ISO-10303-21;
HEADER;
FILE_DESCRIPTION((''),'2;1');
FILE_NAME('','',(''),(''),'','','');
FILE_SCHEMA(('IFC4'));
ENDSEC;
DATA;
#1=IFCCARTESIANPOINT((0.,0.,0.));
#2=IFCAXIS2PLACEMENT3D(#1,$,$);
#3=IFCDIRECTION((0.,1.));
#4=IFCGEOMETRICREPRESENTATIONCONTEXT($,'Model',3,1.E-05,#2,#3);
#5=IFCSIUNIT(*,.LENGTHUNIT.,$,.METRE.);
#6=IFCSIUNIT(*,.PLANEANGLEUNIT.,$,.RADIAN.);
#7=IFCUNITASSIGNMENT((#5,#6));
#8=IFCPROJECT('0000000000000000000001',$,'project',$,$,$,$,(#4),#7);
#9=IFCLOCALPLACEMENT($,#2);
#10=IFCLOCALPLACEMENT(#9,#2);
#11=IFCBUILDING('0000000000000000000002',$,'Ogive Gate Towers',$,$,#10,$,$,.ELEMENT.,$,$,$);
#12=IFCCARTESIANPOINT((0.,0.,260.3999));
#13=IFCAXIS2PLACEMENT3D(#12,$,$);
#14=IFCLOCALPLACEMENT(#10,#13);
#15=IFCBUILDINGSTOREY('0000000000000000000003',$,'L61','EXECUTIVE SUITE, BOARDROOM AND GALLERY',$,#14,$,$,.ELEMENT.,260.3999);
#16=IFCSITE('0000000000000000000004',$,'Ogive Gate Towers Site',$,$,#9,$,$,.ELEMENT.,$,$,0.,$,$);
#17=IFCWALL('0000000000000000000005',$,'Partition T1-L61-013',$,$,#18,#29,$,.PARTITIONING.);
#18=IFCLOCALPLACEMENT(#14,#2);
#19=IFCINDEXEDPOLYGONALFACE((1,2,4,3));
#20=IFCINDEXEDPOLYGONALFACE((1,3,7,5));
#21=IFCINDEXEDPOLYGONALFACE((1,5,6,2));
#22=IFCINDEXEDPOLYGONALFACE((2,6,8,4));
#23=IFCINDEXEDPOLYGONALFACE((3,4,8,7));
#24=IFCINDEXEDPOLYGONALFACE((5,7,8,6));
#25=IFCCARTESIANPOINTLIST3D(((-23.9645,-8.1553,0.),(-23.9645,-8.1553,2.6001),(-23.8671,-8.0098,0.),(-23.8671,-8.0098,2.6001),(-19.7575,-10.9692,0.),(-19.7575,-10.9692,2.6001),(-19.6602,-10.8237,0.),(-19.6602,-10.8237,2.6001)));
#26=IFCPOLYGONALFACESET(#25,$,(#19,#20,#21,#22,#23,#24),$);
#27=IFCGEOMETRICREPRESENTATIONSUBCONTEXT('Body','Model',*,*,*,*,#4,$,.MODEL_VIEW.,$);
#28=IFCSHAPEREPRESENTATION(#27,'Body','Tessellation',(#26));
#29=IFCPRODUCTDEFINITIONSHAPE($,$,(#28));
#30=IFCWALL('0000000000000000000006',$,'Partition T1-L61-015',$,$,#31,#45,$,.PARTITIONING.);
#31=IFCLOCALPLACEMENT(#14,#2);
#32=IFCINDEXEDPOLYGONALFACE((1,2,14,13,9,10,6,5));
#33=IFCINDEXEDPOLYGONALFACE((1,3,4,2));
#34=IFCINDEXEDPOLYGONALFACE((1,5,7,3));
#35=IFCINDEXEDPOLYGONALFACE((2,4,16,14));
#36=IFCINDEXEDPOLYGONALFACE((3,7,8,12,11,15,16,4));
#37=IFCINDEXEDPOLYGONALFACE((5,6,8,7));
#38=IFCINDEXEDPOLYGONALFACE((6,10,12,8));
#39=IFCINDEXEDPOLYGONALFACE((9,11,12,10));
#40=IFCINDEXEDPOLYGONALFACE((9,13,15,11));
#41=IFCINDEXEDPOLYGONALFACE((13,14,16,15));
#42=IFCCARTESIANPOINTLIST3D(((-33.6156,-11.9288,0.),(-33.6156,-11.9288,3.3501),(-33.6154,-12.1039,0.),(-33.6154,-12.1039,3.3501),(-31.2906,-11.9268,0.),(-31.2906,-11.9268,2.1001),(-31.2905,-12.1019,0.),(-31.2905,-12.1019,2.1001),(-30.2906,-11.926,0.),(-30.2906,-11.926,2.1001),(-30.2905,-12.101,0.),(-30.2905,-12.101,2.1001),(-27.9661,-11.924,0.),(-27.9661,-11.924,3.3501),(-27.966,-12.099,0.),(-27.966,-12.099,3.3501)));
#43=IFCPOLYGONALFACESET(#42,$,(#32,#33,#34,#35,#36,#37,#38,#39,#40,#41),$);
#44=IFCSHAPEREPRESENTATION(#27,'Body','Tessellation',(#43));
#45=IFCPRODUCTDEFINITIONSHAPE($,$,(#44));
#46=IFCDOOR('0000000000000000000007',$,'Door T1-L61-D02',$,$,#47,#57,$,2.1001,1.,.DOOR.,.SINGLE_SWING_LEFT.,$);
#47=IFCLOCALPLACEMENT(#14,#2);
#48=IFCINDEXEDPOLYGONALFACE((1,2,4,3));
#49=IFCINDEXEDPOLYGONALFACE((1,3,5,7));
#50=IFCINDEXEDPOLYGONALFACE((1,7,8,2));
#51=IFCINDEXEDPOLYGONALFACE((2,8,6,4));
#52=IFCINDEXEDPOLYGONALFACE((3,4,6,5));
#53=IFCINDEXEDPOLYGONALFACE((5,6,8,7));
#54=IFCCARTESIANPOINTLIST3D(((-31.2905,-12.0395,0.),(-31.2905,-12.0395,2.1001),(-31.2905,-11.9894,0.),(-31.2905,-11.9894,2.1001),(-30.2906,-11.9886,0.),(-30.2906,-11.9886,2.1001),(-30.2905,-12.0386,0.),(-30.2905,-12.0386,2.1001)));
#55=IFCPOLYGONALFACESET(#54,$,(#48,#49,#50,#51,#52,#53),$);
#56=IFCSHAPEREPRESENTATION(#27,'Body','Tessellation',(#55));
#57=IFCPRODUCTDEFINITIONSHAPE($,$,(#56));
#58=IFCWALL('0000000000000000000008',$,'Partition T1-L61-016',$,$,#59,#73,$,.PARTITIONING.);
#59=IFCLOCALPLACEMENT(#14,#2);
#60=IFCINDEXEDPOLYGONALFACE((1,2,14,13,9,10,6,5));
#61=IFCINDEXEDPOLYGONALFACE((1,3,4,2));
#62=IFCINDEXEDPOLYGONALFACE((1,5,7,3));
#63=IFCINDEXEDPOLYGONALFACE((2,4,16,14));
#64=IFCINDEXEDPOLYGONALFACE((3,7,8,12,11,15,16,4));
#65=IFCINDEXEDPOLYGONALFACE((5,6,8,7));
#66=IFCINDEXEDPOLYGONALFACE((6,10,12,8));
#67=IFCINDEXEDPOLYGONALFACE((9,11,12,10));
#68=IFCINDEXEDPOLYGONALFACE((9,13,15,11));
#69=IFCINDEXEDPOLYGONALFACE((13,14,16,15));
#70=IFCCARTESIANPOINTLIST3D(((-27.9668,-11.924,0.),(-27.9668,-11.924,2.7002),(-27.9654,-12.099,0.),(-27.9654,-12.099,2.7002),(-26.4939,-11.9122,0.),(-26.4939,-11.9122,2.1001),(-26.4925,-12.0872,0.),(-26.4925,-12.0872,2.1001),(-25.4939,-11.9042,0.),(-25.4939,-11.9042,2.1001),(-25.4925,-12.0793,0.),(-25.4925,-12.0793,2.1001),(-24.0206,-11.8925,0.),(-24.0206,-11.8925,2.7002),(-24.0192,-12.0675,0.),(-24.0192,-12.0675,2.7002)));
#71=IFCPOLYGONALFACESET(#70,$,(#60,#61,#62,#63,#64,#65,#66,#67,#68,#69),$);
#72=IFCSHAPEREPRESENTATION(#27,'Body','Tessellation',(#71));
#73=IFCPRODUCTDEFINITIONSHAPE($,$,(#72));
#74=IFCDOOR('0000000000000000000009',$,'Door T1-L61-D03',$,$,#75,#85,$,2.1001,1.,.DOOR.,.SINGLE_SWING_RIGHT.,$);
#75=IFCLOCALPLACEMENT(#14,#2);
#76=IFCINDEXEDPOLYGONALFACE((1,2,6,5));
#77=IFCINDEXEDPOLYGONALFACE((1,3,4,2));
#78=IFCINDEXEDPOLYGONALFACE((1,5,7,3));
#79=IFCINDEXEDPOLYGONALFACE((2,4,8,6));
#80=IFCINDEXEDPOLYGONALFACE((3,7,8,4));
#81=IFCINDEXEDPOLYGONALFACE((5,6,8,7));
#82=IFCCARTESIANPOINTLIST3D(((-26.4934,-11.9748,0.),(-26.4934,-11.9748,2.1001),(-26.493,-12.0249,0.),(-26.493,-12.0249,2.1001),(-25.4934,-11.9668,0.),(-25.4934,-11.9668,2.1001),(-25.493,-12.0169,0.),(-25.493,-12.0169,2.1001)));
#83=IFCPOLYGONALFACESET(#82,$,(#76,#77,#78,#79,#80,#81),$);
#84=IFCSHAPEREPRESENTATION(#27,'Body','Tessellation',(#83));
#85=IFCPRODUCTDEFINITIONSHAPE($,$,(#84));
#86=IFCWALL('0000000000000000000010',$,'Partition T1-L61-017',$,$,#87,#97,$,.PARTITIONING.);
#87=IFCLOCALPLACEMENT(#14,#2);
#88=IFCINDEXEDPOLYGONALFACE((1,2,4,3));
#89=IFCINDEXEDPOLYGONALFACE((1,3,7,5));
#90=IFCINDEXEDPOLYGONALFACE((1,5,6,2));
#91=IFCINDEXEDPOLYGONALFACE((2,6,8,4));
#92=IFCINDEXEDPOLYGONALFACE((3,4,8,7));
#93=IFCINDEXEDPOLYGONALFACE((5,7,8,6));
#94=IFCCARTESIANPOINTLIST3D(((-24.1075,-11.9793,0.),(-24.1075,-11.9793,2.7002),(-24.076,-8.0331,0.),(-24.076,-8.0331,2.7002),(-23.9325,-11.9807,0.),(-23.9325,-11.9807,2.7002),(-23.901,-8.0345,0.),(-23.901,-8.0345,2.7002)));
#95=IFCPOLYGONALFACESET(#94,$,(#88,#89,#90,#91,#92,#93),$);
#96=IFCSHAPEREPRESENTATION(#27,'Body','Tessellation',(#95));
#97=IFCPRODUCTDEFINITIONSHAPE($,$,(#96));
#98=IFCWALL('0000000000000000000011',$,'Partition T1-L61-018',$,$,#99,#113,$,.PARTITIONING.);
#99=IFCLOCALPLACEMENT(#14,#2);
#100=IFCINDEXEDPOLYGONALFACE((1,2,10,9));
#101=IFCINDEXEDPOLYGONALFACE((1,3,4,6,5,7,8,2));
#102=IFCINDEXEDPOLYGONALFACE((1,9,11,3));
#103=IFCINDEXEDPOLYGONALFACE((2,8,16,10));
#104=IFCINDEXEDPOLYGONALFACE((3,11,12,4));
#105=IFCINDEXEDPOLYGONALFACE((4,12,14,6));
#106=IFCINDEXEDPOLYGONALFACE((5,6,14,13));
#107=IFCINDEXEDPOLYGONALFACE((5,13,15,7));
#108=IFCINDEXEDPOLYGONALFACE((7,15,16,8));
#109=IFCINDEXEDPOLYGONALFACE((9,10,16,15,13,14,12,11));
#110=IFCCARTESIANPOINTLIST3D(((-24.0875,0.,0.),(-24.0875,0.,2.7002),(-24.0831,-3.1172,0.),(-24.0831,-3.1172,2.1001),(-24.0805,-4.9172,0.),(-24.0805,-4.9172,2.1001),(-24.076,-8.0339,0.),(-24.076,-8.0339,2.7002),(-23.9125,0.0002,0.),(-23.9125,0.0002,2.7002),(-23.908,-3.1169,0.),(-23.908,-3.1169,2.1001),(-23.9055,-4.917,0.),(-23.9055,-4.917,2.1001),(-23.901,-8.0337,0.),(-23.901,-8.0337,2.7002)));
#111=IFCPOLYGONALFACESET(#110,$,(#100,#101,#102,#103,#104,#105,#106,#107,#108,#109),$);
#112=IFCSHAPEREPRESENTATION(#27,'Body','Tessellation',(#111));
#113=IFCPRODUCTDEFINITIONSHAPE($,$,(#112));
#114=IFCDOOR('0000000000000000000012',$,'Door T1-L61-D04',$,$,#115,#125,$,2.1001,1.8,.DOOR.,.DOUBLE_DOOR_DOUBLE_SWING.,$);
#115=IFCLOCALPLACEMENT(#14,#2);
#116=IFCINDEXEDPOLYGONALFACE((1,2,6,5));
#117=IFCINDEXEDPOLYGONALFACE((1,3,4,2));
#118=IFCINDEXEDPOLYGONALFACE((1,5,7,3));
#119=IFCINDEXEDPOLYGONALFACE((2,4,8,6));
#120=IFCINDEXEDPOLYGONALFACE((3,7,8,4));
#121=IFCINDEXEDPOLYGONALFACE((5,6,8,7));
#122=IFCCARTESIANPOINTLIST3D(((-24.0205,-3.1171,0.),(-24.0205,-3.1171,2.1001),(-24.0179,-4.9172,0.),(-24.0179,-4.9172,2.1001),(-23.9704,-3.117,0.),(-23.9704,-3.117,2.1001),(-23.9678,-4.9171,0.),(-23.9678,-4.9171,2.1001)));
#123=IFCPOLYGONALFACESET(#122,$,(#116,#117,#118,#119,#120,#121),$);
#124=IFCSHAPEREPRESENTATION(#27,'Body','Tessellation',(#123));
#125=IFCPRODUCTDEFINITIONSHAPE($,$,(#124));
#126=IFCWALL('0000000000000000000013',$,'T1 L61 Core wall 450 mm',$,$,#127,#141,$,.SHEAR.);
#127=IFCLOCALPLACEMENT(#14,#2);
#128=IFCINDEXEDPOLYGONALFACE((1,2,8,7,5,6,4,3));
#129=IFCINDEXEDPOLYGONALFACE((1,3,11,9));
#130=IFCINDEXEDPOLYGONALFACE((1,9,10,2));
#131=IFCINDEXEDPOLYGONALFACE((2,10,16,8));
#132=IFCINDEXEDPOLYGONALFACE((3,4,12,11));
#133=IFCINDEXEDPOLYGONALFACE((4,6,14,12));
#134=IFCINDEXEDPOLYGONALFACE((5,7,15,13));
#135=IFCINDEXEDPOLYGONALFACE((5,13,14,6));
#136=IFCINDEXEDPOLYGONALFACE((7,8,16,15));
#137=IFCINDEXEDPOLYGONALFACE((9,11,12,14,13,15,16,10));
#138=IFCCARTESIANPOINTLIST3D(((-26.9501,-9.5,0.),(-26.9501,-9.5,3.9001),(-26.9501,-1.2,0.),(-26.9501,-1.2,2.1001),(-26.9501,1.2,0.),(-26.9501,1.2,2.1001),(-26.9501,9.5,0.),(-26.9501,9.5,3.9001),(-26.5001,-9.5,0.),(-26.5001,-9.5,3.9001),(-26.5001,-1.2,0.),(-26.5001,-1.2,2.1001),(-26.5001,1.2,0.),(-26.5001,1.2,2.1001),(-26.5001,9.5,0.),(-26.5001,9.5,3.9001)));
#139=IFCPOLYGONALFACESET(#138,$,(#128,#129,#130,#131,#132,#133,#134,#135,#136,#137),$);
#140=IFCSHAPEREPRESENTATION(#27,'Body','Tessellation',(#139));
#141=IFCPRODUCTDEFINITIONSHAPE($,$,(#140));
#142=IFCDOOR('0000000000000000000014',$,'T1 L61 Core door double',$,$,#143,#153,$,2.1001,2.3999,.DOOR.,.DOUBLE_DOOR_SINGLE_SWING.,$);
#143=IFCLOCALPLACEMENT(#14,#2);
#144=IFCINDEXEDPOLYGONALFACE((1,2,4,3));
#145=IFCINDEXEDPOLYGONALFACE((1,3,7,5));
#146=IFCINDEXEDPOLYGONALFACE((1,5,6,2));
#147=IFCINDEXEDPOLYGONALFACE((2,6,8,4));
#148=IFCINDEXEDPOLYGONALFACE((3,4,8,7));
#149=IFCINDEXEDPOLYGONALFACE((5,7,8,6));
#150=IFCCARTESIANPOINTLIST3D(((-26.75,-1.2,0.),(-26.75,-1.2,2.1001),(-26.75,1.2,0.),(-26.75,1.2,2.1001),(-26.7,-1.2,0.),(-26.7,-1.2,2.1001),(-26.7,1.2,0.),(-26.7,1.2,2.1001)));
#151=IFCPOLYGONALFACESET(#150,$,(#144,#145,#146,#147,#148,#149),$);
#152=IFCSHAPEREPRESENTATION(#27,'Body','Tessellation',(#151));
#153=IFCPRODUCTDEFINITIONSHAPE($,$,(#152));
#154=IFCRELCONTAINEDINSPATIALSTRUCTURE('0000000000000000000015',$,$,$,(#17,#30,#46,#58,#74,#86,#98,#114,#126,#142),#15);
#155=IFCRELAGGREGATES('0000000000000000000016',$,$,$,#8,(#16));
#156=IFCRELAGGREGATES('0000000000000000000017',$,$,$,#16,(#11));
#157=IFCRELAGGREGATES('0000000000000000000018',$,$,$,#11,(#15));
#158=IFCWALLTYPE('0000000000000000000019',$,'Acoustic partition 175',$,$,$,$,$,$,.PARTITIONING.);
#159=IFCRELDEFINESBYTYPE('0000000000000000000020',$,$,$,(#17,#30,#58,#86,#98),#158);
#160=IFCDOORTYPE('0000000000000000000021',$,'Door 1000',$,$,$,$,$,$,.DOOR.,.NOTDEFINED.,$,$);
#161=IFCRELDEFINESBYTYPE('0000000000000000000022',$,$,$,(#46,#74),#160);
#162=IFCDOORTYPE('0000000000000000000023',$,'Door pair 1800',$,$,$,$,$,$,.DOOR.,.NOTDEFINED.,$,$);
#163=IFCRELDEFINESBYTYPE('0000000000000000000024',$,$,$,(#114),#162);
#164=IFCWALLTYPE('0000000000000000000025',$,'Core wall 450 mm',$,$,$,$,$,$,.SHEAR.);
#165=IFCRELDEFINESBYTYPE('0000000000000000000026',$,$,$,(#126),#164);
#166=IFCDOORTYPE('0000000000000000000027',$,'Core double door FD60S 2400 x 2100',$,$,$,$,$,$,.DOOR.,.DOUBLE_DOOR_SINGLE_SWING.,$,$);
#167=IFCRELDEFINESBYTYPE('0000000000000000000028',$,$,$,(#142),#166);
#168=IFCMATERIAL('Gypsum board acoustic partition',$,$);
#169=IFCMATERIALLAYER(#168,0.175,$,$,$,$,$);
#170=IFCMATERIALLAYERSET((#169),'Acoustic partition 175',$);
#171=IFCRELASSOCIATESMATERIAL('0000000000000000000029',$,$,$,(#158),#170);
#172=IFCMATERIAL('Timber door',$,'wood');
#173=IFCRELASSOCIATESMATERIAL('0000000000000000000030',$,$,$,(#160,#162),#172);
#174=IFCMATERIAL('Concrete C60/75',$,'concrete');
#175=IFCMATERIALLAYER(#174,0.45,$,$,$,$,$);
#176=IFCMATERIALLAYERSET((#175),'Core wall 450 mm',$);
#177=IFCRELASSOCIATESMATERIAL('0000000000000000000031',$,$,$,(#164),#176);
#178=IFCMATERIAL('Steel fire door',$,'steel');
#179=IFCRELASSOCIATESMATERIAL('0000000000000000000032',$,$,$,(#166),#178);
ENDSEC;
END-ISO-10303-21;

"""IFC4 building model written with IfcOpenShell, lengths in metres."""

from ifc_helpers import new_model, si_unit, direction, frame, frame_2d, origin, place, context, subcontext, project, spatial, rectangle, extrude, material, layer, layer_set, type_object, element, fill, save


model = new_model("IFC4")

# Units and contexts
model_context = context("Model", 3, precision=1e-05, world=origin(), true_north=direction((0.0, 1.0)))
body_context = subcontext(model_context, "Body", "Model", "MODEL_VIEW")
ifc_project = project(units=[si_unit("LENGTHUNIT", "METRE"), si_unit("PLANEANGLEUNIT", "RADIAN")], contexts=[model_context])

# Site, building, storey
site_placement = place(None, origin())
site = spatial("IfcSite", under=ifc_project, at=site_placement, Name="Ogive Gate Towers Site", CompositionType="ELEMENT", RefElevation=0.0)
building_placement = place(site_placement, origin())
building = spatial("IfcBuilding", under=site, at=building_placement, Name="Ogive Gate Towers", CompositionType="ELEMENT")
storey_placement = place(building_placement, frame((0.0, 0.0, 260.3999)))
storey = spatial("IfcBuildingStorey", under=building, at=storey_placement, Name="L61", Description="EXECUTIVE SUITE, BOARDROOM AND GALLERY", CompositionType="ELEMENT", Elevation=260.3999)

# Wall
ifc_material_1 = material(Name="Gypsum board acoustic partition")
ifc_layer_1 = layer(ifc_material_1, 0.175)
ifc_layer_set_1 = layer_set([ifc_layer_1], Name="Acoustic partition 175")
wall_type_1 = type_object("IfcWallType", Name="Acoustic partition 175", PredefinedType="PARTITIONING", material=ifc_layer_set_1)
for number, where, z_axis, x_axis, name in (
    (1, (-19.7087, -10.8965, 0.0), (0.0, 0.0, 1.0), (-0.831203, 0.555969, 0.0), "Partition T1-L61-013"),
):
    element("IfcWall", number, at=place(storey_placement, frame(where, z_axis=z_axis, x_axis=x_axis)), inside=storey, type_object=wall_type_1, Name=name, PredefinedType="PARTITIONING", context=body_context, shape_type="SweptSolid", body=[
        extrude(rectangle(XDim=5.0613, YDim=0.175, at=frame_2d((2.5308, 0.0))), origin(), (0.0, 0.0, 1.0), 2.6001),
    ])

# Walls, openings, doors
wall_1_placement = place(storey_placement, frame((-33.6155, -12.0164, 0.0), z_axis=(0.0, 0.0, 1.0), x_axis=(1.0, 0.000864, 0.0)))
wall_1 = element("IfcWall", 2, at=wall_1_placement, inside=storey, type_object=wall_type_1, Name="Partition T1-L61-015", PredefinedType="PARTITIONING", context=body_context, shape_type="SweptSolid", body=[
    extrude(rectangle(XDim=5.6494, YDim=0.175, at=frame_2d((2.8247, 0.0))), origin(), (0.0, 0.0, 1.0), 3.3501),
])
opening_1_placement = place(wall_1_placement, frame((2.325, 0.0, 0.0)))
opening_1 = element("IfcOpeningElement", 3, at=opening_1_placement, cuts=wall_1, PredefinedType="OPENING", context=body_context, shape_type="SweptSolid", body=[
    extrude(rectangle(XDim=1.0, YDim=2.1001, at=frame_2d((0.5, 1.05))), frame((0.0, 0.0977, 0.0), z_axis=(0.0, -1.0, 0.0), x_axis=(1.0, 0.0, 0.0)), (0.0, 0.0, 1.0), 0.1951),
])
ifc_material_2 = material(Name="Timber door", Category="wood")
door_type_1 = type_object("IfcDoorType", Name="Door 1000", OperationType="NOTDEFINED", PredefinedType="DOOR", material=ifc_material_2)
door_1_placement = place(opening_1_placement, origin())
door_1 = element("IfcDoor", 4, at=door_1_placement, inside=storey, type_object=door_type_1, Name="Door T1-L61-D02", OperationType="SINGLE_SWING_LEFT", OverallHeight=2.1001, OverallWidth=1.0, PredefinedType="DOOR", context=body_context, shape_type="SweptSolid", body=[
    extrude(rectangle(XDim=1.0, YDim=2.1001, at=frame_2d((0.5, 1.05))), frame((0.0, 0.0249, 0.0), z_axis=(0.0, -1.0, 0.0), x_axis=(1.0, 0.0, 0.0)), (0.0, 0.0, 1.0), 0.05),
])
fill(opening_1, door_1)
wall_2_placement = place(storey_placement, frame((-27.9661, -12.0115, 0.0), z_axis=(0.0, 0.0, 1.0), x_axis=(0.999968, 0.007981, 0.0)))
wall_2 = element("IfcWall", 5, at=wall_2_placement, inside=storey, type_object=wall_type_1, Name="Partition T1-L61-016", PredefinedType="PARTITIONING", context=body_context, shape_type="SweptSolid", body=[
    extrude(rectangle(XDim=3.9463, YDim=0.175, at=frame_2d((1.9731, 0.0))), origin(), (0.0, 0.0, 1.0), 2.7002),
])
opening_2_placement = place(wall_2_placement, frame((1.4729, 0.0, 0.0)))
opening_2 = element("IfcOpeningElement", 6, at=opening_2_placement, cuts=wall_2, PredefinedType="OPENING", context=body_context, shape_type="SweptSolid", body=[
    extrude(rectangle(XDim=1.0, YDim=2.1001, at=frame_2d((0.5, 1.05))), frame((0.0, 0.0977, 0.0), z_axis=(0.0, -1.0, 0.0), x_axis=(1.0, 0.0, 0.0)), (0.0, 0.0, 1.0), 0.1951),
])
door_2_placement = place(opening_2_placement, origin())
door_2 = element("IfcDoor", 7, at=door_2_placement, inside=storey, type_object=door_type_1, Name="Door T1-L61-D03", OperationType="SINGLE_SWING_RIGHT", OverallHeight=2.1001, OverallWidth=1.0, PredefinedType="DOOR", context=body_context, shape_type="SweptSolid", body=[
    extrude(rectangle(XDim=1.0, YDim=2.1001, at=frame_2d((0.5, 1.05))), frame((0.0, 0.0249, 0.0), z_axis=(0.0, -1.0, 0.0), x_axis=(1.0, 0.0, 0.0)), (0.0, 0.0, 1.0), 0.05),
])
fill(opening_2, door_2)

# Wall
wall_3_placement = place(storey_placement, frame((-24.02, -11.98, 0.0), z_axis=(0.0, 0.0, 1.0), x_axis=(0.007981, 0.999968, 0.0)))
element("IfcWall", 8, at=wall_3_placement, inside=storey, type_object=wall_type_1, Name="Partition T1-L61-017", PredefinedType="PARTITIONING", context=body_context, shape_type="SweptSolid", body=[
    extrude(rectangle(XDim=3.9463, YDim=0.175, at=frame_2d((1.9731, 0.0))), origin(), (0.0, 0.0, 1.0), 2.7002),
])

# Walls, openings, doors
wall_4_placement = place(storey_placement, frame((-23.9885, -8.0339, 0.0), z_axis=(0.0, 0.0, 1.0), x_axis=(-0.001428, 0.999999, 0.0)))
wall_4 = element("IfcWall", 9, at=wall_4_placement, inside=storey, type_object=wall_type_1, Name="Partition T1-L61-018", PredefinedType="PARTITIONING", context=body_context, shape_type="SweptSolid", body=[
    extrude(rectangle(XDim=8.0339, YDim=0.175, at=frame_2d((4.0171, 0.0))), origin(), (0.0, 0.0, 1.0), 2.7002),
])
opening_3_placement = place(wall_4_placement, frame((3.1169, 0.0, 0.0)))
opening_3 = element("IfcOpeningElement", 10, at=opening_3_placement, cuts=wall_4, PredefinedType="OPENING", context=body_context, shape_type="SweptSolid", body=[
    extrude(rectangle(XDim=1.8, YDim=2.1001, at=frame_2d((0.8999, 1.05))), frame((0.0, 0.0977, 0.0), z_axis=(0.0, -1.0, 0.0), x_axis=(1.0, 0.0, 0.0)), (0.0, 0.0, 1.0), 0.1951),
])
door_type_2 = type_object("IfcDoorType", Name="Door pair 1800", OperationType="NOTDEFINED", PredefinedType="DOOR", material=ifc_material_2)
door_3_placement = place(opening_3_placement, origin())
door_3 = element("IfcDoor", 11, at=door_3_placement, inside=storey, type_object=door_type_2, Name="Door T1-L61-D04", OperationType="DOUBLE_DOOR_DOUBLE_SWING", OverallHeight=2.1001, OverallWidth=1.8, PredefinedType="DOOR", context=body_context, shape_type="SweptSolid", body=[
    extrude(rectangle(XDim=1.8, YDim=2.1001, at=frame_2d((0.8999, 1.05))), frame((0.0, 0.0249, 0.0), z_axis=(0.0, -1.0, 0.0), x_axis=(1.0, 0.0, 0.0)), (0.0, 0.0, 1.0), 0.05),
])
fill(opening_3, door_3)
ifc_material_3 = material(Name="Concrete C60/75", Category="concrete")
ifc_layer_2 = layer(ifc_material_3, 0.45)
ifc_layer_set_2 = layer_set([ifc_layer_2], Name="Core wall 450 mm")
wall_type_2 = type_object("IfcWallType", Name="Core wall 450 mm", PredefinedType="SHEAR", material=ifc_layer_set_2)
wall_5_placement = place(storey_placement, frame((-26.7251, -9.5, 0.0), z_axis=(0.0, 0.0, 1.0), x_axis=(0.0, 1.0, 0.0)))
wall_5 = element("IfcWall", 12, at=wall_5_placement, inside=storey, type_object=wall_type_2, Name="T1 L61 Core wall 450 mm", PredefinedType="SHEAR", context=body_context, shape_type="SweptSolid", body=[
    extrude(rectangle(XDim=19.0, YDim=0.45, at=frame_2d((9.5, 0.0))), origin(), (0.0, 0.0, 1.0), 3.9001),
])
opening_4_placement = place(wall_5_placement, frame((8.3, 0.0, 0.0)))
opening_4 = element("IfcOpeningElement", 13, at=opening_4_placement, cuts=wall_5, PredefinedType="OPENING", context=body_context, shape_type="SweptSolid", body=[
    extrude(rectangle(XDim=2.3999, YDim=2.1001, at=frame_2d((1.2, 1.05))), frame((0.0, 0.2349, 0.0), z_axis=(0.0, -1.0, 0.0), x_axis=(1.0, 0.0, 0.0)), (0.0, 0.0, 1.0), 0.47),
])
ifc_material_4 = material(Name="Steel fire door", Category="steel")
door_type_3 = type_object("IfcDoorType", Name="Core double door FD60S 2400 x 2100", OperationType="DOUBLE_DOOR_SINGLE_SWING", PredefinedType="DOOR", material=ifc_material_4)
door_4_placement = place(opening_4_placement, origin())
door_4 = element("IfcDoor", 14, at=door_4_placement, inside=storey, type_object=door_type_3, Name="T1 L61 Core door double", OperationType="DOUBLE_DOOR_SINGLE_SWING", OverallHeight=2.1001, OverallWidth=2.3999, PredefinedType="DOOR", context=body_context, shape_type="SweptSolid", body=[
    extrude(rectangle(XDim=2.3999, YDim=2.1001, at=frame_2d((1.2, 1.05))), frame((0.0, 0.0249, 0.0), z_axis=(0.0, -1.0, 0.0), x_axis=(1.0, 0.0, 0.0)), (0.0, 0.0, 1.0), 0.05),
])
fill(opening_4, door_4)

save(model, "model.ifc")
